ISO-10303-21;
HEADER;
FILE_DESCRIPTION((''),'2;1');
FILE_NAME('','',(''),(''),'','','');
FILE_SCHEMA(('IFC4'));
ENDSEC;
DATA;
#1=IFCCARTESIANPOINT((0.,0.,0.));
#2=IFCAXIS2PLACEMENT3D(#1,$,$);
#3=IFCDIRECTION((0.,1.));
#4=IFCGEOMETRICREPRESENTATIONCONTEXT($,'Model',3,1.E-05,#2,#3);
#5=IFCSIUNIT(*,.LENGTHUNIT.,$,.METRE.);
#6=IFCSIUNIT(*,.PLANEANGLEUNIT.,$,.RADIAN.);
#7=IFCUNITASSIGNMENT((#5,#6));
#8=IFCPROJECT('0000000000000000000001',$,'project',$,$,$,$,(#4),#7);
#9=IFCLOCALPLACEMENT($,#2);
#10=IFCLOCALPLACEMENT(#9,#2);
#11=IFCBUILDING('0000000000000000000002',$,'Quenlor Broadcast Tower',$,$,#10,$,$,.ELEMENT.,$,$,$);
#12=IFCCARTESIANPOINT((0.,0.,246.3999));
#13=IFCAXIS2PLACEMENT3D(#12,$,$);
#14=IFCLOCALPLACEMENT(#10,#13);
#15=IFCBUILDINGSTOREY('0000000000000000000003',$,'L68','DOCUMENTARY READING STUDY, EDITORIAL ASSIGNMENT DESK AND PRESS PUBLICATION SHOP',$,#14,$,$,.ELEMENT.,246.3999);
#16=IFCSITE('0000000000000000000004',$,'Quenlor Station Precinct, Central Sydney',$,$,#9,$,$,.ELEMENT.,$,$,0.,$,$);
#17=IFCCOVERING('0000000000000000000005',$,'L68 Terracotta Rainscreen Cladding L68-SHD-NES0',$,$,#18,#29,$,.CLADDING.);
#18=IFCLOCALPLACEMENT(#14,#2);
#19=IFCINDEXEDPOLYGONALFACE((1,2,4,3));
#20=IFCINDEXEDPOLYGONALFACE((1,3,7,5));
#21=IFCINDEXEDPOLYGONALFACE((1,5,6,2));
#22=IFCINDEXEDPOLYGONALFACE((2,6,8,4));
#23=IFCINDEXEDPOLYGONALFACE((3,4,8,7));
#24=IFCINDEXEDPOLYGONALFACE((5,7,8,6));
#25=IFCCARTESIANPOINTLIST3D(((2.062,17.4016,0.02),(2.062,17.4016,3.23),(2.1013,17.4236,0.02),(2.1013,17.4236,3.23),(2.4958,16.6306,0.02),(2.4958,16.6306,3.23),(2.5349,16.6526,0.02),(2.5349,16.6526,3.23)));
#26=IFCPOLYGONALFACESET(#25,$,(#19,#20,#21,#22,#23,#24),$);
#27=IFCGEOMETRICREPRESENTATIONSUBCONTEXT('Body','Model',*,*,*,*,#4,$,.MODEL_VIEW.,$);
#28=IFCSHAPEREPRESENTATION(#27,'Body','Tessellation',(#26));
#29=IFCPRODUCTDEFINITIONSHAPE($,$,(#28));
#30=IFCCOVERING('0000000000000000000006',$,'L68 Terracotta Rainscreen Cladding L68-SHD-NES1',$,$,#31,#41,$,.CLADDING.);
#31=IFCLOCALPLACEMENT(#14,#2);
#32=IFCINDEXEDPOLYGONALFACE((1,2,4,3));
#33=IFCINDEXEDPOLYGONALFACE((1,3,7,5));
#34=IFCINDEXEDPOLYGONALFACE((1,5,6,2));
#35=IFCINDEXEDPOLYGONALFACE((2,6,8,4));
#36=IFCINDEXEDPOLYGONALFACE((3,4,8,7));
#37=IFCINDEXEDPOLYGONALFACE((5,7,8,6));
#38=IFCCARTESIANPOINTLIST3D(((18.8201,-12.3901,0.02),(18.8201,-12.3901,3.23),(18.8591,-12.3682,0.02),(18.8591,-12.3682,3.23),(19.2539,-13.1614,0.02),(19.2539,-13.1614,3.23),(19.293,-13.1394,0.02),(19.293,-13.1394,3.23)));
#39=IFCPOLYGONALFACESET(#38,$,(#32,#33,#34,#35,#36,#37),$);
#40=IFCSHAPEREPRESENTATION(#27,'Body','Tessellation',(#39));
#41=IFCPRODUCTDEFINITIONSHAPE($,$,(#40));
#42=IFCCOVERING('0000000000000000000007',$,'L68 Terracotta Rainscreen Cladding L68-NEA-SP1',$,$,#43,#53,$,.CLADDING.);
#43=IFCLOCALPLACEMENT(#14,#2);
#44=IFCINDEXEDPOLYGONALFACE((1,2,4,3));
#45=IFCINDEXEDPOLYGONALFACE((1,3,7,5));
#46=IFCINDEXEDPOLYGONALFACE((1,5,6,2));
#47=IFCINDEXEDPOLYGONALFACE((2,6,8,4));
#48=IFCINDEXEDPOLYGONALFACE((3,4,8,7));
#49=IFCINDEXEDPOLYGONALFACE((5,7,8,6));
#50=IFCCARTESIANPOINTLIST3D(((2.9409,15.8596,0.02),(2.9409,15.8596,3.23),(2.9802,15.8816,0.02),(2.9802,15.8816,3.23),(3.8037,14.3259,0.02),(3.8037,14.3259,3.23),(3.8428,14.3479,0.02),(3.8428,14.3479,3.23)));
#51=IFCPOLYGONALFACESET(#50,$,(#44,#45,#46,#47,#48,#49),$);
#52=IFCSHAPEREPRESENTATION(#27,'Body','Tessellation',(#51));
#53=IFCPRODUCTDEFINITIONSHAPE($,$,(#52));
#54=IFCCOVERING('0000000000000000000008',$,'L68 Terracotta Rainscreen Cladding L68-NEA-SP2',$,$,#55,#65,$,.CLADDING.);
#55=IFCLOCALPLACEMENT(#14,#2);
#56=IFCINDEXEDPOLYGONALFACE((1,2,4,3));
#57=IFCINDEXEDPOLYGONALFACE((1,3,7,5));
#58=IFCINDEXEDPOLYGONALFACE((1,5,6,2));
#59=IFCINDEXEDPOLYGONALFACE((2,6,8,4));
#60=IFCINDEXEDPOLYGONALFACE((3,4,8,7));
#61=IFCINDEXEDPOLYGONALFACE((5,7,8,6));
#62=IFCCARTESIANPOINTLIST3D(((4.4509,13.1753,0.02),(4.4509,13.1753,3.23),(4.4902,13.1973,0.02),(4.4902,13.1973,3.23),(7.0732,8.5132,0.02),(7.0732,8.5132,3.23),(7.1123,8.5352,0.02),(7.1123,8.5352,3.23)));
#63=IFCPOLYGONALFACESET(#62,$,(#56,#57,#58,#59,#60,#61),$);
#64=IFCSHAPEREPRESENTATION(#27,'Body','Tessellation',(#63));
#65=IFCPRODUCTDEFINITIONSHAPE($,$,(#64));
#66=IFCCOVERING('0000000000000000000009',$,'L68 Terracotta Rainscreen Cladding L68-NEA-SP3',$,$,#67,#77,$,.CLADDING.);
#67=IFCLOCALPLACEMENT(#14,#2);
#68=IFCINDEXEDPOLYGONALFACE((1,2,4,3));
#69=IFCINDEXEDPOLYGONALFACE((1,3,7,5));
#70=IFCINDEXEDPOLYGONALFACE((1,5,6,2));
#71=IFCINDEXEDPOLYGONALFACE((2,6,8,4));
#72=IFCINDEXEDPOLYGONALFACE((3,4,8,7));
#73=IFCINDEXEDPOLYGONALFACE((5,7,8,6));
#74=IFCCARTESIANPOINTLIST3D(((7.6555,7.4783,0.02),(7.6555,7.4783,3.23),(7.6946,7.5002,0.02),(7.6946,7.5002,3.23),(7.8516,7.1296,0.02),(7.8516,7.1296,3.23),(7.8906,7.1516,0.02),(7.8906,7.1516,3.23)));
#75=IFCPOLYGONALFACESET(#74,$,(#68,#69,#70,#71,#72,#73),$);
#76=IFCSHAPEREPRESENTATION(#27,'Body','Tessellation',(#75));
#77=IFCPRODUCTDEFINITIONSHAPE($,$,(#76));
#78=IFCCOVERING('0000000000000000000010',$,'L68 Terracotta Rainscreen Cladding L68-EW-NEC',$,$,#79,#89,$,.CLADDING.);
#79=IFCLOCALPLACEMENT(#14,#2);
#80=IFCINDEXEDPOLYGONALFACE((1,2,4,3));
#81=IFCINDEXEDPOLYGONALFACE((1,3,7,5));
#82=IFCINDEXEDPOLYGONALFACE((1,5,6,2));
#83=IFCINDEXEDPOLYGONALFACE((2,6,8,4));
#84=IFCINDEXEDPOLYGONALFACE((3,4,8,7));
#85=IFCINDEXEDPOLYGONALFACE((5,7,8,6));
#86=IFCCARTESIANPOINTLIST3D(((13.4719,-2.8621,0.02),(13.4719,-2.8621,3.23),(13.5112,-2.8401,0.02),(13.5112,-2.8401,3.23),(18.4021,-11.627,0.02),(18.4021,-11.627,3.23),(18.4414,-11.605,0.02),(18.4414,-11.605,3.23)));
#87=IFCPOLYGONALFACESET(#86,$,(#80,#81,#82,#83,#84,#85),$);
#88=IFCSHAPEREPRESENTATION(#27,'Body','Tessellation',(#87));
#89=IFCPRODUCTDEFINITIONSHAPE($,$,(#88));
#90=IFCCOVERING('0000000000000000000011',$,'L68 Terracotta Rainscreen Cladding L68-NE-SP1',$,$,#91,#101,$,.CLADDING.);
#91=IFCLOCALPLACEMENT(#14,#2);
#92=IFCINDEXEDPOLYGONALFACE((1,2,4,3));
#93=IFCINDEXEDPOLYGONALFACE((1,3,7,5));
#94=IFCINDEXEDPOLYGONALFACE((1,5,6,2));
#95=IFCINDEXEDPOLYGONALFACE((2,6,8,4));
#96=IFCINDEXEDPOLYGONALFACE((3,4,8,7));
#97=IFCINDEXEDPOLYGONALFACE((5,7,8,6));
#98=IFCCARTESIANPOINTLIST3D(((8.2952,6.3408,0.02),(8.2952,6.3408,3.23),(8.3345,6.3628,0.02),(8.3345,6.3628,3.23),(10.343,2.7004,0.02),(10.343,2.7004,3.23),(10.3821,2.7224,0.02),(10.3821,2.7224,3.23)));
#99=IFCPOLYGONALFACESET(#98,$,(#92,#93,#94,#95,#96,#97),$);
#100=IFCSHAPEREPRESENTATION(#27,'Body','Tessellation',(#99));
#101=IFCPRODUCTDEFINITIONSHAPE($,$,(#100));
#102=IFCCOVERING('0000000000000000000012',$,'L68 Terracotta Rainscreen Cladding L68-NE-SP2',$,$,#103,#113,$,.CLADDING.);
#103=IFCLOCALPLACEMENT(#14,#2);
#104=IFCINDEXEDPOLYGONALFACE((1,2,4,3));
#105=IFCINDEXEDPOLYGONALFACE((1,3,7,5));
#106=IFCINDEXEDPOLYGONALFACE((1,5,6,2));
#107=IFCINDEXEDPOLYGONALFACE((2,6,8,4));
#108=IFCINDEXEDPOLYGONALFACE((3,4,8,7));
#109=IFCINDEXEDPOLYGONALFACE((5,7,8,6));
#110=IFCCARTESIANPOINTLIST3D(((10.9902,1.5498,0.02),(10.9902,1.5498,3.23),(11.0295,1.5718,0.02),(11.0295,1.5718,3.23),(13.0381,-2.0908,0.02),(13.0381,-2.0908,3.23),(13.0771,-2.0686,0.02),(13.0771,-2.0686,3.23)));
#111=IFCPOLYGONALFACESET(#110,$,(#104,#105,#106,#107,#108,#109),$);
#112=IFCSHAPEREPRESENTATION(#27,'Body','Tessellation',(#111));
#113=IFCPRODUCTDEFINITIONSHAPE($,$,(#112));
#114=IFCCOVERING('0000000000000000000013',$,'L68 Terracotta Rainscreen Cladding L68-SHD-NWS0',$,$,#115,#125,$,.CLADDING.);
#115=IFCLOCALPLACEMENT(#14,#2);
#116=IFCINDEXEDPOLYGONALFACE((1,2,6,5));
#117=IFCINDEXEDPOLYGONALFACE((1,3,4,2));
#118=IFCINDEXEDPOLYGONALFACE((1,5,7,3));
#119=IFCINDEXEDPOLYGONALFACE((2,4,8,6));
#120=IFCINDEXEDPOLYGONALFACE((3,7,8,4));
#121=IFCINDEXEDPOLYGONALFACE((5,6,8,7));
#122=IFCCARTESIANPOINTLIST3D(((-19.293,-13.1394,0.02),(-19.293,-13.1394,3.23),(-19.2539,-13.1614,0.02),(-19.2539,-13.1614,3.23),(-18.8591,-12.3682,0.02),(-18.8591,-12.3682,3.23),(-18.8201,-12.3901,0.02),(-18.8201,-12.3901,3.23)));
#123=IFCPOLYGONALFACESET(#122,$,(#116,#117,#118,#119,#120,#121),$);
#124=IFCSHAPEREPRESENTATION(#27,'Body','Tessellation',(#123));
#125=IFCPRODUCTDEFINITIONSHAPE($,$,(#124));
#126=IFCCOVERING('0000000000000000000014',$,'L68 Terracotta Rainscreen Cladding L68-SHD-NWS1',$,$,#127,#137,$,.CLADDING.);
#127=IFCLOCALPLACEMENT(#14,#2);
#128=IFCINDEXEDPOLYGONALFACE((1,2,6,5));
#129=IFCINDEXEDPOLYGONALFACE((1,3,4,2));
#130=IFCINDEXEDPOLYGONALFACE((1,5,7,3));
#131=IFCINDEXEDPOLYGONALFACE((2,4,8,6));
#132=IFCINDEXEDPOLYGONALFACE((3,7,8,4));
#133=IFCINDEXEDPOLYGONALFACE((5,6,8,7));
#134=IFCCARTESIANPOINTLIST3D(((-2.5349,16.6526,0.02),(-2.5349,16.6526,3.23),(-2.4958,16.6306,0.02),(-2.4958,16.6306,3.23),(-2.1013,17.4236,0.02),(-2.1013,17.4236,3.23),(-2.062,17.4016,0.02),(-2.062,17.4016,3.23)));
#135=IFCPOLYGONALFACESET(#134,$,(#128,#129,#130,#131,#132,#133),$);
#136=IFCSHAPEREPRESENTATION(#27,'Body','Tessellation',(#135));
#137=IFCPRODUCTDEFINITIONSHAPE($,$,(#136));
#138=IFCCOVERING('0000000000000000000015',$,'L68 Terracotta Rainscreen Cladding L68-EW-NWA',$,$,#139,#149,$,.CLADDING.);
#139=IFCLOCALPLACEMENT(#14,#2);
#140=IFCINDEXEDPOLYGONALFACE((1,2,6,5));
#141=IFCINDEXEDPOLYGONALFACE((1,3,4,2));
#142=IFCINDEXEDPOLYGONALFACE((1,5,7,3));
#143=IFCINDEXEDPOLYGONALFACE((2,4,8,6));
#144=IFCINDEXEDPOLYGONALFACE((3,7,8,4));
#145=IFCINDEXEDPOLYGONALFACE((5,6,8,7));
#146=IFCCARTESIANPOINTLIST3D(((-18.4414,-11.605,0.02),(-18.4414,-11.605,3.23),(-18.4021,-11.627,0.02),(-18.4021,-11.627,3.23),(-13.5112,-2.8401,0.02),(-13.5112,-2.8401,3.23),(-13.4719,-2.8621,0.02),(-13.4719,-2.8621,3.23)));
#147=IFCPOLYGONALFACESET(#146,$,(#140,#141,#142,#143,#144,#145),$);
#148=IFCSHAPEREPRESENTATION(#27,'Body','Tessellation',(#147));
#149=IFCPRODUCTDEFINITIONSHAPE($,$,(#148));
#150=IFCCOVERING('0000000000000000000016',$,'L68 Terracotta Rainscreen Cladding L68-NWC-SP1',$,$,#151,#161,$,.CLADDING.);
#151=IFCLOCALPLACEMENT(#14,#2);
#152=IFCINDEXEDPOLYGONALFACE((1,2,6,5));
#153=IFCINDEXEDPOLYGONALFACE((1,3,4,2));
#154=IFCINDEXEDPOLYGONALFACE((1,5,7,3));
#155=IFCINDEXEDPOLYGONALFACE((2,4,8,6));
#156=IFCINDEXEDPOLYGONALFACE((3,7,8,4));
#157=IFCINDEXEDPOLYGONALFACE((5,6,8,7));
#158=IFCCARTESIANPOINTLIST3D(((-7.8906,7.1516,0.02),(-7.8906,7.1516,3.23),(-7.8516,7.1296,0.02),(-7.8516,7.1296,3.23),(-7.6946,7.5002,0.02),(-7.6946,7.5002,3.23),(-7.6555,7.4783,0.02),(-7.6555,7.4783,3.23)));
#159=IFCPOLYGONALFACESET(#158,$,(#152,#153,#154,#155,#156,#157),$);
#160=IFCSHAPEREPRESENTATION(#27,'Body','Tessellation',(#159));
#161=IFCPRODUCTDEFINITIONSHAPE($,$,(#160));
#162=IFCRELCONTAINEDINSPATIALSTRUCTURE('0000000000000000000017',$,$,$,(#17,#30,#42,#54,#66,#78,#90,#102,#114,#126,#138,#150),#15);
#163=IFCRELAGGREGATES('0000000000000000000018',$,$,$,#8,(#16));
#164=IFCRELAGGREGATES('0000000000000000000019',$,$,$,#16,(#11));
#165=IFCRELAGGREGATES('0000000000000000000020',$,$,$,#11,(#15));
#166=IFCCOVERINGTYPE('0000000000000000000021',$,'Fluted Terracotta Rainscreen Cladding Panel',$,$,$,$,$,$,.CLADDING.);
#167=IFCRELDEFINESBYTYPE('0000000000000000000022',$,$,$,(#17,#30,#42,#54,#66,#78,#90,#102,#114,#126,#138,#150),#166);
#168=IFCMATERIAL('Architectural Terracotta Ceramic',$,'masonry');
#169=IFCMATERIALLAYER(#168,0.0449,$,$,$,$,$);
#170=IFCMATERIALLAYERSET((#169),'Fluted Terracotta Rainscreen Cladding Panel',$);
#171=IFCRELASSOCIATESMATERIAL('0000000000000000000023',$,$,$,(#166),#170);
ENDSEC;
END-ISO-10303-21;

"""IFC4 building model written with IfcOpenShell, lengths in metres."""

from ifc_helpers import new_model, si_unit, direction, frame, origin, place, context, subcontext, project, spatial, polyline, outline, extrude, material, layer, layer_set, type_object, element, save


model = new_model("IFC4")

# Units and contexts
model_context = context("Model", 3, precision=1e-05, world=origin(), true_north=direction((0.0, 1.0)))
body_context = subcontext(model_context, "Body", "Model", "MODEL_VIEW")
ifc_project = project(units=[si_unit("LENGTHUNIT", "METRE"), si_unit("PLANEANGLEUNIT", "RADIAN")], contexts=[model_context])

# Site, building, storey
site_placement = place(None, origin())
site = spatial("IfcSite", under=ifc_project, at=site_placement, Name="Quenlor Station Precinct, Central Sydney", CompositionType="ELEMENT", RefElevation=0.0)
building_placement = place(site_placement, origin())
building = spatial("IfcBuilding", under=site, at=building_placement, Name="Quenlor Broadcast Tower", CompositionType="ELEMENT")
storey_placement = place(building_placement, frame((0.0, 0.0, 246.3999)))
storey = spatial("IfcBuildingStorey", under=building, at=storey_placement, Name="L68", Description="DOCUMENTARY READING STUDY, EDITORIAL ASSIGNMENT DESK AND PRESS PUBLICATION SHOP", CompositionType="ELEMENT", Elevation=246.3999)

# Coverings
ifc_material_1 = material(Name="Architectural Terracotta Ceramic", Category="masonry")
ifc_layer_1 = layer(ifc_material_1, 0.0449)
ifc_layer_set_1 = layer_set([ifc_layer_1], Name="Fluted Terracotta Rainscreen Cladding Panel")
covering_type = type_object("IfcCoveringType", Name="Fluted Terracotta Rainscreen Cladding Panel", PredefinedType="CLADDING", material=ifc_layer_set_1)
covering_1_placement = place(storey_placement, frame((0.0, 0.0, 0.02)))
element("IfcCovering", 1, at=covering_1_placement, inside=storey, type_object=covering_type, Name="L68 Terracotta Rainscreen Cladding L68-SHD-NES0", PredefinedType="CLADDING", context=body_context, shape_type="SweptSolid", body=[
    extrude(outline(polyline([(2.062, 17.4016), (2.4958, 16.6306), (2.5349, 16.6526), (2.1013, 17.4236), (2.062, 17.4016)])), origin(), (0.0, 0.0, 1.0), 3.21),
])
covering_2_placement = place(storey_placement, frame((0.0, 0.0, 0.02)))
element("IfcCovering", 2, at=covering_2_placement, inside=storey, type_object=covering_type, Name="L68 Terracotta Rainscreen Cladding L68-SHD-NES1", PredefinedType="CLADDING", context=body_context, shape_type="SweptSolid", body=[
    extrude(outline(polyline([(18.8201, -12.3901), (19.2539, -13.1614), (19.293, -13.1394), (18.8591, -12.3682), (18.8201, -12.3901)])), origin(), (0.0, 0.0, 1.0), 3.21),
])
covering_3_placement = place(storey_placement, frame((0.0, 0.0, 0.02)))
element("IfcCovering", 3, at=covering_3_placement, inside=storey, type_object=covering_type, Name="L68 Terracotta Rainscreen Cladding L68-NEA-SP1", PredefinedType="CLADDING", context=body_context, shape_type="SweptSolid", body=[
    extrude(outline(polyline([(2.9409, 15.8596), (3.8037, 14.3259), (3.8428, 14.3479), (2.9802, 15.8816), (2.9409, 15.8596)])), origin(), (0.0, 0.0, 1.0), 3.21),
])
covering_4_placement = place(storey_placement, frame((0.0, 0.0, 0.02)))
element("IfcCovering", 4, at=covering_4_placement, inside=storey, type_object=covering_type, Name="L68 Terracotta Rainscreen Cladding L68-NEA-SP2", PredefinedType="CLADDING", context=body_context, shape_type="SweptSolid", body=[
    extrude(outline(polyline([(4.4509, 13.1753), (7.0732, 8.5132), (7.1123, 8.5352), (4.4902, 13.1973), (4.4509, 13.1753)])), origin(), (0.0, 0.0, 1.0), 3.21),
])
covering_5_placement = place(storey_placement, frame((0.0, 0.0, 0.02)))
element("IfcCovering", 5, at=covering_5_placement, inside=storey, type_object=covering_type, Name="L68 Terracotta Rainscreen Cladding L68-NEA-SP3", PredefinedType="CLADDING", context=body_context, shape_type="SweptSolid", body=[
    extrude(outline(polyline([(7.6555, 7.4783), (7.8516, 7.1296), (7.8906, 7.1516), (7.6946, 7.5002), (7.6555, 7.4783)])), origin(), (0.0, 0.0, 1.0), 3.21),
])
covering_6_placement = place(storey_placement, frame((0.0, 0.0, 0.02)))
element("IfcCovering", 6, at=covering_6_placement, inside=storey, type_object=covering_type, Name="L68 Terracotta Rainscreen Cladding L68-EW-NEC", PredefinedType="CLADDING", context=body_context, shape_type="SweptSolid", body=[
    extrude(outline(polyline([(13.4719, -2.8621), (18.4021, -11.627), (18.4414, -11.605), (13.5112, -2.8401), (13.4719, -2.8621)])), origin(), (0.0, 0.0, 1.0), 3.21),
])
covering_7_placement = place(storey_placement, frame((0.0, 0.0, 0.02)))
element("IfcCovering", 7, at=covering_7_placement, inside=storey, type_object=covering_type, Name="L68 Terracotta Rainscreen Cladding L68-NE-SP1", PredefinedType="CLADDING", context=body_context, shape_type="SweptSolid", body=[
    extrude(outline(polyline([(8.2952, 6.3408), (10.343, 2.7004), (10.3821, 2.7224), (8.3345, 6.3628), (8.2952, 6.3408)])), origin(), (0.0, 0.0, 1.0), 3.21),
])
covering_8_placement = place(storey_placement, frame((0.0, 0.0, 0.02)))
element("IfcCovering", 8, at=covering_8_placement, inside=storey, type_object=covering_type, Name="L68 Terracotta Rainscreen Cladding L68-NE-SP2", PredefinedType="CLADDING", context=body_context, shape_type="SweptSolid", body=[
    extrude(outline(polyline([(10.9902, 1.5498), (13.0381, -2.0908), (13.0771, -2.0686), (11.0295, 1.5718), (10.9902, 1.5498)])), origin(), (0.0, 0.0, 1.0), 3.21),
])
covering_9_placement = place(storey_placement, frame((0.0, 0.0, 0.02)))
element("IfcCovering", 9, at=covering_9_placement, inside=storey, type_object=covering_type, Name="L68 Terracotta Rainscreen Cladding L68-SHD-NWS0", PredefinedType="CLADDING", context=body_context, shape_type="SweptSolid", body=[
    extrude(outline(polyline([(-19.2539, -13.1614), (-18.8201, -12.3901), (-18.8591, -12.3682), (-19.293, -13.1394), (-19.2539, -13.1614)])), origin(), (0.0, 0.0, 1.0), 3.21),
])
covering_10_placement = place(storey_placement, frame((0.0, 0.0, 0.02)))
element("IfcCovering", 10, at=covering_10_placement, inside=storey, type_object=covering_type, Name="L68 Terracotta Rainscreen Cladding L68-SHD-NWS1", PredefinedType="CLADDING", context=body_context, shape_type="SweptSolid", body=[
    extrude(outline(polyline([(-2.4958, 16.6306), (-2.062, 17.4016), (-2.1013, 17.4236), (-2.5349, 16.6526), (-2.4958, 16.6306)])), origin(), (0.0, 0.0, 1.0), 3.21),
])
covering_11_placement = place(storey_placement, frame((0.0, 0.0, 0.02)))
element("IfcCovering", 11, at=covering_11_placement, inside=storey, type_object=covering_type, Name="L68 Terracotta Rainscreen Cladding L68-EW-NWA", PredefinedType="CLADDING", context=body_context, shape_type="SweptSolid", body=[
    extrude(outline(polyline([(-18.4021, -11.627), (-13.4719, -2.8621), (-13.5112, -2.8401), (-18.4414, -11.605), (-18.4021, -11.627)])), origin(), (0.0, 0.0, 1.0), 3.21),
])
covering_12_placement = place(storey_placement, frame((0.0, 0.0, 0.02)))
element("IfcCovering", 12, at=covering_12_placement, inside=storey, type_object=covering_type, Name="L68 Terracotta Rainscreen Cladding L68-NWC-SP1", PredefinedType="CLADDING", context=body_context, shape_type="SweptSolid", body=[
    extrude(outline(polyline([(-7.8516, 7.1296), (-7.6555, 7.4783), (-7.6946, 7.5002), (-7.8906, 7.1516), (-7.8516, 7.1296)])), origin(), (0.0, 0.0, 1.0), 3.21),
])

save(model, "model.ifc")
